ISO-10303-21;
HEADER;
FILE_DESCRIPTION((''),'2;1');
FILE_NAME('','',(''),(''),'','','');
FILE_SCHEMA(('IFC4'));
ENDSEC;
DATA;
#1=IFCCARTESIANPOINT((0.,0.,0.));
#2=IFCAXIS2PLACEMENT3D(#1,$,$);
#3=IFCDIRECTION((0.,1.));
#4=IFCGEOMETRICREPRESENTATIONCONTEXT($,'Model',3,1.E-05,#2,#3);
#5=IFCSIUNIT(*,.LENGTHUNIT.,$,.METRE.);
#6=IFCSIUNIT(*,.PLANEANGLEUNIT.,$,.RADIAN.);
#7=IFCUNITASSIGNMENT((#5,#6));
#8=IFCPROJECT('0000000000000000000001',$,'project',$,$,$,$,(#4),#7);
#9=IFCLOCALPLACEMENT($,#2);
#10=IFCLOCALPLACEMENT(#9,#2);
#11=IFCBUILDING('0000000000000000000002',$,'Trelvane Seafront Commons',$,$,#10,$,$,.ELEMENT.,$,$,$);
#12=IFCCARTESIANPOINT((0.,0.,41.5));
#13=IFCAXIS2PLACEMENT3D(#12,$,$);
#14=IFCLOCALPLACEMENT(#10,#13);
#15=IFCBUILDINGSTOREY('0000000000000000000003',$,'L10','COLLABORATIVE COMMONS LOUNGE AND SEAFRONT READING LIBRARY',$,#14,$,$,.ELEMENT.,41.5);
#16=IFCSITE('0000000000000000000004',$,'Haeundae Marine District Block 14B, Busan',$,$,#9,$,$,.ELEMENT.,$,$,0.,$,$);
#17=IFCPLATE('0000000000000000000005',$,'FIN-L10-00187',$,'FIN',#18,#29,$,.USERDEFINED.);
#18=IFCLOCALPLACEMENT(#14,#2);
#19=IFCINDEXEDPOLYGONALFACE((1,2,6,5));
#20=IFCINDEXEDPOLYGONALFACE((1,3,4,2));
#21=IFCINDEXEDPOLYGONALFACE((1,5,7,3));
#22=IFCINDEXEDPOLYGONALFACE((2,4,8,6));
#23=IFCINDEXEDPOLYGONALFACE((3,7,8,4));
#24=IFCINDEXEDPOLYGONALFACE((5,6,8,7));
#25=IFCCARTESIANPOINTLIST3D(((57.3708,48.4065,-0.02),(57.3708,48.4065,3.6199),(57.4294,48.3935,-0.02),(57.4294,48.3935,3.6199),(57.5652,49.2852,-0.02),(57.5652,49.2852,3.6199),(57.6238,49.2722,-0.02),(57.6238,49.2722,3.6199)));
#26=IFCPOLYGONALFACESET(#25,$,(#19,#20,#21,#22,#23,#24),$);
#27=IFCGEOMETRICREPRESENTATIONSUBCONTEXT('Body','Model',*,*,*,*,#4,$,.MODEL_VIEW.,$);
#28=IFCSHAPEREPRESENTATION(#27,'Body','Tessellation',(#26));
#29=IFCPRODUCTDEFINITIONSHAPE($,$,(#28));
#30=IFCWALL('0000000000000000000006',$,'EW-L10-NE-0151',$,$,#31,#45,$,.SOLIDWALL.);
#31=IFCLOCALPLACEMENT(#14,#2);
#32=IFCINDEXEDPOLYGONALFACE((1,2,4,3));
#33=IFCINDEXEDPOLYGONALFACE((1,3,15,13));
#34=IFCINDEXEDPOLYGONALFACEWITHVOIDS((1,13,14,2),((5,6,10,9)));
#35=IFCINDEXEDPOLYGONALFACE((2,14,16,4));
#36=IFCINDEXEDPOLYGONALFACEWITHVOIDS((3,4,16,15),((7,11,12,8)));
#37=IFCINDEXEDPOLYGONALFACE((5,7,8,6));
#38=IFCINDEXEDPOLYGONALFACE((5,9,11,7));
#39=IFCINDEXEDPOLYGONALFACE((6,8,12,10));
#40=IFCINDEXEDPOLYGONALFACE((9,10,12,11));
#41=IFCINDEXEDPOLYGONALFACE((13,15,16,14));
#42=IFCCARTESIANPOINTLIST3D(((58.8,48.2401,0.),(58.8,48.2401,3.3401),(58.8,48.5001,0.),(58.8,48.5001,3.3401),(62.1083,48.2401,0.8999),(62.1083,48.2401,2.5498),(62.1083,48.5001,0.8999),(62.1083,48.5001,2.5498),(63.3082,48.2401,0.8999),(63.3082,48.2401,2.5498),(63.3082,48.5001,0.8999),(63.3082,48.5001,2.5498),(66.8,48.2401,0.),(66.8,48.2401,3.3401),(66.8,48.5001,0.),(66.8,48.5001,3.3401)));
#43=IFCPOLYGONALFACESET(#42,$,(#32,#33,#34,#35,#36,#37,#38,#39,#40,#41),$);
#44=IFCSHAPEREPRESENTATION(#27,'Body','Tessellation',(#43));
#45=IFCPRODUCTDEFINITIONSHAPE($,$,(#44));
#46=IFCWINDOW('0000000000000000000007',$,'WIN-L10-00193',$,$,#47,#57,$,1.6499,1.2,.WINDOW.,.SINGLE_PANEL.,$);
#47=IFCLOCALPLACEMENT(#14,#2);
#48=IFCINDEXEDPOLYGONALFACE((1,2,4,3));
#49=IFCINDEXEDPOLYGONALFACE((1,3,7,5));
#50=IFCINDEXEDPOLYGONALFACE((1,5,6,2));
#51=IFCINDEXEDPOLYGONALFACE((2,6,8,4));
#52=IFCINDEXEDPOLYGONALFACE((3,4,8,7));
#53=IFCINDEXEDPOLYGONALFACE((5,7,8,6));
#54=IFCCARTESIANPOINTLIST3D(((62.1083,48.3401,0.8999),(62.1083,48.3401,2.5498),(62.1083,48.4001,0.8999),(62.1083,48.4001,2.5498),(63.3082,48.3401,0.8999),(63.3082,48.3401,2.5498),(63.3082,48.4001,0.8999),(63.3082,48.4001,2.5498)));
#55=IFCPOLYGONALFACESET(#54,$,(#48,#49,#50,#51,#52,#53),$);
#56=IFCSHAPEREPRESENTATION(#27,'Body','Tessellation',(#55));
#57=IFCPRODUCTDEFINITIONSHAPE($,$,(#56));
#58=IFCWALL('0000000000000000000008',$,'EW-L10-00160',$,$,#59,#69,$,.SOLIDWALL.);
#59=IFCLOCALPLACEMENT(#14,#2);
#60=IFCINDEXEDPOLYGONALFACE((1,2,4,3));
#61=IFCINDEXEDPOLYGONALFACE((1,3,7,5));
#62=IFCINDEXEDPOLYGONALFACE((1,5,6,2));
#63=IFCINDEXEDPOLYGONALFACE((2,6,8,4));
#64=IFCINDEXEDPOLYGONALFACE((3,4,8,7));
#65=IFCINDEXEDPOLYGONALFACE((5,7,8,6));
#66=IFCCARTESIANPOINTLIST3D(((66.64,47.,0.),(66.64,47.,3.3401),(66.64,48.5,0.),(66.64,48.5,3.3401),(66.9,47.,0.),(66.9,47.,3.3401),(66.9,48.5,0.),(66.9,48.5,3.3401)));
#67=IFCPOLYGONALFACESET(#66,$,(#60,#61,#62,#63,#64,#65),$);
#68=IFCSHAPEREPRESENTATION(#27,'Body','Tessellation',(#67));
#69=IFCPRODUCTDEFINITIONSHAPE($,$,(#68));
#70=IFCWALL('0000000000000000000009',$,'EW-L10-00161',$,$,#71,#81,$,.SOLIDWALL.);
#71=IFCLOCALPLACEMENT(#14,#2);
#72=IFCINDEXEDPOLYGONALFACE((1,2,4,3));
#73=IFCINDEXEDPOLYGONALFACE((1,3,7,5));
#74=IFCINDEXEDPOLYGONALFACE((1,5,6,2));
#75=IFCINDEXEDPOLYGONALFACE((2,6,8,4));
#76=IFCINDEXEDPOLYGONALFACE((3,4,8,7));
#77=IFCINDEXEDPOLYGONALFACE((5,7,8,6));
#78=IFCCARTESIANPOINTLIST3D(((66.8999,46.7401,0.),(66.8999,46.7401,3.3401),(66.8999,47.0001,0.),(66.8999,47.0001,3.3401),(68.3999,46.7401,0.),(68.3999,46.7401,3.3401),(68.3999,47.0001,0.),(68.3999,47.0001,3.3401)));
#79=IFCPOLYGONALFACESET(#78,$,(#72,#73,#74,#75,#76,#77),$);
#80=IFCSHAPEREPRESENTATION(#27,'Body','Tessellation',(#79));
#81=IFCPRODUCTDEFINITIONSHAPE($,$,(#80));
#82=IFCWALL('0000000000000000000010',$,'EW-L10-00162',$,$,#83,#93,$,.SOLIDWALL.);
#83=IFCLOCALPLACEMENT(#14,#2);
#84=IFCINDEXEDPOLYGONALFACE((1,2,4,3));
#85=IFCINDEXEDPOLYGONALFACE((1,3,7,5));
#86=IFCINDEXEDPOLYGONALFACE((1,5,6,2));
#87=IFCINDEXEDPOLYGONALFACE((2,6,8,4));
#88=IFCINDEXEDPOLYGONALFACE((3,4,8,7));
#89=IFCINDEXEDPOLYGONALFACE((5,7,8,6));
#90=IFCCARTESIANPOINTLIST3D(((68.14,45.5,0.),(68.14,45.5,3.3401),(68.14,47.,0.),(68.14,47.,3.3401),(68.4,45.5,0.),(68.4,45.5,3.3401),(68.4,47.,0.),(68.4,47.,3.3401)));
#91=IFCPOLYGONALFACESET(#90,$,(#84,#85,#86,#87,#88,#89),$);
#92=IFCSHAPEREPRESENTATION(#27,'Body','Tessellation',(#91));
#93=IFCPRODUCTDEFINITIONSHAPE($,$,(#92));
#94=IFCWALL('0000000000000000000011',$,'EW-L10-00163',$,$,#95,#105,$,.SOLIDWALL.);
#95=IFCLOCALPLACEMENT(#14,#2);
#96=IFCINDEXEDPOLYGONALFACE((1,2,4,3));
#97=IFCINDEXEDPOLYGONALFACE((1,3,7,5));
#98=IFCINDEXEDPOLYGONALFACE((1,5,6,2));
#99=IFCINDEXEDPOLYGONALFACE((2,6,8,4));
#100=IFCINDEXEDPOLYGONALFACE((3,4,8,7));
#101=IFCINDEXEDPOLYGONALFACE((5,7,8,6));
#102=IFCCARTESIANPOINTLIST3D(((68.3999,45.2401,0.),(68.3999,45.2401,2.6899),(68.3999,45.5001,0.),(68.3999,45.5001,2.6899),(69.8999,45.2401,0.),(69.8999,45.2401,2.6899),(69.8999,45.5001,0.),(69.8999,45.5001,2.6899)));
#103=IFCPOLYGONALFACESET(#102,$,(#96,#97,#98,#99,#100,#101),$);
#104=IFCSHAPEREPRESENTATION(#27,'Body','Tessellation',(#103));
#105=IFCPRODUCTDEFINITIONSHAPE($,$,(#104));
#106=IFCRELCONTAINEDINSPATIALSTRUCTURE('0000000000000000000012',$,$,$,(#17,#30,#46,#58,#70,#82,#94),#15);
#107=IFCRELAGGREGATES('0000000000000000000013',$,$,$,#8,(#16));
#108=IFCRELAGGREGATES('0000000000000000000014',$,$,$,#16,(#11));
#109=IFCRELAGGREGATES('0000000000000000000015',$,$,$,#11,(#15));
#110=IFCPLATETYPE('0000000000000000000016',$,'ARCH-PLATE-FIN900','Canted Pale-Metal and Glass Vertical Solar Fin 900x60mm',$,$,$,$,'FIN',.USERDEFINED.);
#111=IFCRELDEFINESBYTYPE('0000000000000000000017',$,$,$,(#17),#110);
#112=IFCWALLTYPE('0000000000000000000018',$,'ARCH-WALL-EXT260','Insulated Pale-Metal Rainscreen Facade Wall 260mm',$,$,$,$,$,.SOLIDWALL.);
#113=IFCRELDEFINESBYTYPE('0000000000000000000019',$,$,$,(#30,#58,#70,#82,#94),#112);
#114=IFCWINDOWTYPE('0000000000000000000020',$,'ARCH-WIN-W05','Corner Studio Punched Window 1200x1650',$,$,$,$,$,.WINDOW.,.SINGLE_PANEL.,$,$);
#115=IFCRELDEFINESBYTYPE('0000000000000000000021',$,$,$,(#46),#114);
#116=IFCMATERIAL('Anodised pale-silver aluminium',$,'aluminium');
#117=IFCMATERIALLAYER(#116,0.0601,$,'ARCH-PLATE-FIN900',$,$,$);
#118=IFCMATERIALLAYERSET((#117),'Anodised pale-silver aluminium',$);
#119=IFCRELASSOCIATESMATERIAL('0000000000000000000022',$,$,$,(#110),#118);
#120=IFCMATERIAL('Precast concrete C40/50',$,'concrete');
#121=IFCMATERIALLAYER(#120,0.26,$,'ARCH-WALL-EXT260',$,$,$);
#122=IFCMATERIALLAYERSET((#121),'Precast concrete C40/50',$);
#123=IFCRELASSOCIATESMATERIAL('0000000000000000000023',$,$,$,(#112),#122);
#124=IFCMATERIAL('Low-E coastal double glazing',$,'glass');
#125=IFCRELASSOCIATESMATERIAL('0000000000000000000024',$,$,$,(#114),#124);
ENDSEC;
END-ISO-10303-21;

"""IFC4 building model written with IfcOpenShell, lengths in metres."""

from ifc_helpers import new_model, si_unit, direction, frame, frame_2d, origin, origin_2d, place, context, subcontext, project, spatial, rectangle, extrude, source, transform, mapped, material, layer, layer_set, type_object, element, fill, save


model = new_model("IFC4")

# Units and contexts
model_context = context("Model", 3, precision=1e-05, world=origin(), true_north=direction((0.0, 1.0)))
body_context = subcontext(model_context, "Body", "Model", "MODEL_VIEW")
ifc_project = project(units=[si_unit("LENGTHUNIT", "METRE"), si_unit("PLANEANGLEUNIT", "RADIAN")], contexts=[model_context])

# Site, building, storey
site_placement = place(None, origin())
site = spatial("IfcSite", under=ifc_project, at=site_placement, Name="Haeundae Marine District Block 14B, Busan", CompositionType="ELEMENT", RefElevation=0.0)
building_placement = place(site_placement, origin())
building = spatial("IfcBuilding", under=site, at=building_placement, Name="Trelvane Seafront Commons", CompositionType="ELEMENT")
storey_placement = place(building_placement, frame((0.0, 0.0, 41.5)))
storey = spatial("IfcBuildingStorey", under=building, at=storey_placement, Name="L10", Description="COLLABORATIVE COMMONS LOUNGE AND SEAFRONT READING LIBRARY", CompositionType="ELEMENT", Elevation=41.5)

# Shared definitions
ifc_material_1 = material(Name="Anodised pale-silver aluminium", Category="aluminium")
ifc_material_2 = material(Name="Low-E coastal double glazing", Category="glass")

# Plate
ifc_layer_1 = layer(ifc_material_1, 0.0601, Name="ARCH-PLATE-FIN900")
ifc_layer_set_1 = layer_set([ifc_layer_1], Name="Anodised pale-silver aluminium")
plate_type_1 = type_object("IfcPlateType", Name="ARCH-PLATE-FIN900", Description="Canted Pale-Metal and Glass Vertical Solar Fin 900x60mm", ElementType="FIN", PredefinedType="USERDEFINED", material=ifc_layer_set_1)
shared_shape_1 = source(origin(), body_context, "Body", "SweptSolid", [
    extrude(rectangle(XDim=0.8999, YDim=0.0601, at=origin_2d()), origin(), (0.0, 0.0, 1.0), 3.6399),
])
plate_1_placement = place(storey_placement, frame((57.4973, 48.8394, -0.02), z_axis=(0.0, 0.0, 1.0), x_axis=(0.216012, 0.976391, 0.0)))
element("IfcPlate", 1, at=plate_1_placement, inside=storey, type_object=plate_type_1, Name="FIN-L10-00187", ObjectType="FIN", PredefinedType="USERDEFINED", context=body_context, shape_type="MappedRepresentation", body=[
    mapped(shared_shape_1, transform((0.0, 0.0, 0.0), x_axis=(1.0, 0.0, 0.0), y_axis=(0.0, 1.0, 0.0), z_axis=(0.0, 0.0, 1.0), scale=1.0)),
])

# Wall, opening, window
ifc_material_3 = material(Name="Precast concrete C40/50", Category="concrete")
ifc_layer_2 = layer(ifc_material_3, 0.26, Name="ARCH-WALL-EXT260")
ifc_layer_set_2 = layer_set([ifc_layer_2], Name="Precast concrete C40/50")
wall_type_1 = type_object("IfcWallType", Name="ARCH-WALL-EXT260", Description="Insulated Pale-Metal Rainscreen Facade Wall 260mm", PredefinedType="SOLIDWALL", material=ifc_layer_set_2)
wall_1_placement = place(storey_placement, frame((58.8, 48.3701, 0.0), z_axis=(0.0, 0.0, 1.0), x_axis=(1.0, 0.0, 0.0)))
wall_1 = element("IfcWall", 2, at=wall_1_placement, inside=storey, type_object=wall_type_1, Name="EW-L10-NE-0151", PredefinedType="SOLIDWALL", context=body_context, shape_type="SweptSolid", body=[
    extrude(rectangle(XDim=8.0, YDim=0.26, at=frame_2d((4.0, 0.0))), origin(), (0.0, 0.0, 1.0), 3.3401),
])
opening_1_placement = place(wall_1_placement, frame((3.3081, 0.0, 0.8999)))
opening_1 = element("IfcOpeningElement", 3, at=opening_1_placement, cuts=wall_1, PredefinedType="OPENING", context=body_context, shape_type="SweptSolid", body=[
    extrude(rectangle(XDim=1.2, YDim=1.6499, at=frame_2d((0.6001, 0.825))), frame((0.0, 0.1399, 0.0), z_axis=(0.0, -1.0, 0.0), x_axis=(1.0, 0.0, 0.0)), (0.0, 0.0, 1.0), 0.28),
])
window_type_1 = type_object("IfcWindowType", Name="ARCH-WIN-W05", Description="Corner Studio Punched Window 1200x1650", PartitioningType="SINGLE_PANEL", PredefinedType="WINDOW", material=ifc_material_2)
shared_shape_2 = source(origin(), body_context, "Body", "SweptSolid", [
    extrude(rectangle(XDim=1.2, YDim=1.6499, at=frame_2d((0.6001, 0.825))), frame((0.0, 0.03, 0.0), z_axis=(0.0, -1.0, 0.0), x_axis=(1.0, 0.0, 0.0)), (0.0, 0.0, 1.0), 0.0601),
])
window_1_placement = place(opening_1_placement, origin())
window_1 = element("IfcWindow", 4, at=window_1_placement, inside=storey, type_object=window_type_1, Name="WIN-L10-00193", OverallHeight=1.6499, OverallWidth=1.2, PartitioningType="SINGLE_PANEL", PredefinedType="WINDOW", context=body_context, shape_type="MappedRepresentation", body=[
    mapped(shared_shape_2, transform((0.0, 0.0, 0.0), x_axis=(1.0, 0.0, 0.0), y_axis=(0.0, 1.0, 0.0), z_axis=(0.0, 0.0, 1.0), scale=1.0)),
])
fill(opening_1, window_1)

# Walls
for number, where, z_axis, x_axis, name in (
    (5, (66.77, 48.5, 0.0), (0.0, 0.0, 1.0), (0.0, -1.0, 0.0), "EW-L10-00160"),
    (6, (66.8999, 46.8701, 0.0), (0.0, 0.0, 1.0), (1.0, 0.0, 0.0), "EW-L10-00161"),
    (7, (68.27, 47.0, 0.0), (0.0, 0.0, 1.0), (0.0, -1.0, 0.0), "EW-L10-00162"),
):
    element("IfcWall", number, at=place(storey_placement, frame(where, z_axis=z_axis, x_axis=x_axis)), inside=storey, type_object=wall_type_1, Name=name, PredefinedType="SOLIDWALL", context=body_context, shape_type="SweptSolid", body=[
        extrude(rectangle(XDim=1.5, YDim=0.26, at=frame_2d((0.75, 0.0))), origin(), (0.0, 0.0, 1.0), 3.3401),
    ])
wall_2_placement = place(storey_placement, frame((68.3999, 45.3701, 0.0), z_axis=(0.0, 0.0, 1.0), x_axis=(1.0, 0.0, 0.0)))
element("IfcWall", 8, at=wall_2_placement, inside=storey, type_object=wall_type_1, Name="EW-L10-00163", PredefinedType="SOLIDWALL", context=body_context, shape_type="SweptSolid", body=[
    extrude(rectangle(XDim=1.5, YDim=0.26, at=frame_2d((0.75, 0.0))), origin(), (0.0, 0.0, 1.0), 2.6899),
])

save(model, "model.ifc")
